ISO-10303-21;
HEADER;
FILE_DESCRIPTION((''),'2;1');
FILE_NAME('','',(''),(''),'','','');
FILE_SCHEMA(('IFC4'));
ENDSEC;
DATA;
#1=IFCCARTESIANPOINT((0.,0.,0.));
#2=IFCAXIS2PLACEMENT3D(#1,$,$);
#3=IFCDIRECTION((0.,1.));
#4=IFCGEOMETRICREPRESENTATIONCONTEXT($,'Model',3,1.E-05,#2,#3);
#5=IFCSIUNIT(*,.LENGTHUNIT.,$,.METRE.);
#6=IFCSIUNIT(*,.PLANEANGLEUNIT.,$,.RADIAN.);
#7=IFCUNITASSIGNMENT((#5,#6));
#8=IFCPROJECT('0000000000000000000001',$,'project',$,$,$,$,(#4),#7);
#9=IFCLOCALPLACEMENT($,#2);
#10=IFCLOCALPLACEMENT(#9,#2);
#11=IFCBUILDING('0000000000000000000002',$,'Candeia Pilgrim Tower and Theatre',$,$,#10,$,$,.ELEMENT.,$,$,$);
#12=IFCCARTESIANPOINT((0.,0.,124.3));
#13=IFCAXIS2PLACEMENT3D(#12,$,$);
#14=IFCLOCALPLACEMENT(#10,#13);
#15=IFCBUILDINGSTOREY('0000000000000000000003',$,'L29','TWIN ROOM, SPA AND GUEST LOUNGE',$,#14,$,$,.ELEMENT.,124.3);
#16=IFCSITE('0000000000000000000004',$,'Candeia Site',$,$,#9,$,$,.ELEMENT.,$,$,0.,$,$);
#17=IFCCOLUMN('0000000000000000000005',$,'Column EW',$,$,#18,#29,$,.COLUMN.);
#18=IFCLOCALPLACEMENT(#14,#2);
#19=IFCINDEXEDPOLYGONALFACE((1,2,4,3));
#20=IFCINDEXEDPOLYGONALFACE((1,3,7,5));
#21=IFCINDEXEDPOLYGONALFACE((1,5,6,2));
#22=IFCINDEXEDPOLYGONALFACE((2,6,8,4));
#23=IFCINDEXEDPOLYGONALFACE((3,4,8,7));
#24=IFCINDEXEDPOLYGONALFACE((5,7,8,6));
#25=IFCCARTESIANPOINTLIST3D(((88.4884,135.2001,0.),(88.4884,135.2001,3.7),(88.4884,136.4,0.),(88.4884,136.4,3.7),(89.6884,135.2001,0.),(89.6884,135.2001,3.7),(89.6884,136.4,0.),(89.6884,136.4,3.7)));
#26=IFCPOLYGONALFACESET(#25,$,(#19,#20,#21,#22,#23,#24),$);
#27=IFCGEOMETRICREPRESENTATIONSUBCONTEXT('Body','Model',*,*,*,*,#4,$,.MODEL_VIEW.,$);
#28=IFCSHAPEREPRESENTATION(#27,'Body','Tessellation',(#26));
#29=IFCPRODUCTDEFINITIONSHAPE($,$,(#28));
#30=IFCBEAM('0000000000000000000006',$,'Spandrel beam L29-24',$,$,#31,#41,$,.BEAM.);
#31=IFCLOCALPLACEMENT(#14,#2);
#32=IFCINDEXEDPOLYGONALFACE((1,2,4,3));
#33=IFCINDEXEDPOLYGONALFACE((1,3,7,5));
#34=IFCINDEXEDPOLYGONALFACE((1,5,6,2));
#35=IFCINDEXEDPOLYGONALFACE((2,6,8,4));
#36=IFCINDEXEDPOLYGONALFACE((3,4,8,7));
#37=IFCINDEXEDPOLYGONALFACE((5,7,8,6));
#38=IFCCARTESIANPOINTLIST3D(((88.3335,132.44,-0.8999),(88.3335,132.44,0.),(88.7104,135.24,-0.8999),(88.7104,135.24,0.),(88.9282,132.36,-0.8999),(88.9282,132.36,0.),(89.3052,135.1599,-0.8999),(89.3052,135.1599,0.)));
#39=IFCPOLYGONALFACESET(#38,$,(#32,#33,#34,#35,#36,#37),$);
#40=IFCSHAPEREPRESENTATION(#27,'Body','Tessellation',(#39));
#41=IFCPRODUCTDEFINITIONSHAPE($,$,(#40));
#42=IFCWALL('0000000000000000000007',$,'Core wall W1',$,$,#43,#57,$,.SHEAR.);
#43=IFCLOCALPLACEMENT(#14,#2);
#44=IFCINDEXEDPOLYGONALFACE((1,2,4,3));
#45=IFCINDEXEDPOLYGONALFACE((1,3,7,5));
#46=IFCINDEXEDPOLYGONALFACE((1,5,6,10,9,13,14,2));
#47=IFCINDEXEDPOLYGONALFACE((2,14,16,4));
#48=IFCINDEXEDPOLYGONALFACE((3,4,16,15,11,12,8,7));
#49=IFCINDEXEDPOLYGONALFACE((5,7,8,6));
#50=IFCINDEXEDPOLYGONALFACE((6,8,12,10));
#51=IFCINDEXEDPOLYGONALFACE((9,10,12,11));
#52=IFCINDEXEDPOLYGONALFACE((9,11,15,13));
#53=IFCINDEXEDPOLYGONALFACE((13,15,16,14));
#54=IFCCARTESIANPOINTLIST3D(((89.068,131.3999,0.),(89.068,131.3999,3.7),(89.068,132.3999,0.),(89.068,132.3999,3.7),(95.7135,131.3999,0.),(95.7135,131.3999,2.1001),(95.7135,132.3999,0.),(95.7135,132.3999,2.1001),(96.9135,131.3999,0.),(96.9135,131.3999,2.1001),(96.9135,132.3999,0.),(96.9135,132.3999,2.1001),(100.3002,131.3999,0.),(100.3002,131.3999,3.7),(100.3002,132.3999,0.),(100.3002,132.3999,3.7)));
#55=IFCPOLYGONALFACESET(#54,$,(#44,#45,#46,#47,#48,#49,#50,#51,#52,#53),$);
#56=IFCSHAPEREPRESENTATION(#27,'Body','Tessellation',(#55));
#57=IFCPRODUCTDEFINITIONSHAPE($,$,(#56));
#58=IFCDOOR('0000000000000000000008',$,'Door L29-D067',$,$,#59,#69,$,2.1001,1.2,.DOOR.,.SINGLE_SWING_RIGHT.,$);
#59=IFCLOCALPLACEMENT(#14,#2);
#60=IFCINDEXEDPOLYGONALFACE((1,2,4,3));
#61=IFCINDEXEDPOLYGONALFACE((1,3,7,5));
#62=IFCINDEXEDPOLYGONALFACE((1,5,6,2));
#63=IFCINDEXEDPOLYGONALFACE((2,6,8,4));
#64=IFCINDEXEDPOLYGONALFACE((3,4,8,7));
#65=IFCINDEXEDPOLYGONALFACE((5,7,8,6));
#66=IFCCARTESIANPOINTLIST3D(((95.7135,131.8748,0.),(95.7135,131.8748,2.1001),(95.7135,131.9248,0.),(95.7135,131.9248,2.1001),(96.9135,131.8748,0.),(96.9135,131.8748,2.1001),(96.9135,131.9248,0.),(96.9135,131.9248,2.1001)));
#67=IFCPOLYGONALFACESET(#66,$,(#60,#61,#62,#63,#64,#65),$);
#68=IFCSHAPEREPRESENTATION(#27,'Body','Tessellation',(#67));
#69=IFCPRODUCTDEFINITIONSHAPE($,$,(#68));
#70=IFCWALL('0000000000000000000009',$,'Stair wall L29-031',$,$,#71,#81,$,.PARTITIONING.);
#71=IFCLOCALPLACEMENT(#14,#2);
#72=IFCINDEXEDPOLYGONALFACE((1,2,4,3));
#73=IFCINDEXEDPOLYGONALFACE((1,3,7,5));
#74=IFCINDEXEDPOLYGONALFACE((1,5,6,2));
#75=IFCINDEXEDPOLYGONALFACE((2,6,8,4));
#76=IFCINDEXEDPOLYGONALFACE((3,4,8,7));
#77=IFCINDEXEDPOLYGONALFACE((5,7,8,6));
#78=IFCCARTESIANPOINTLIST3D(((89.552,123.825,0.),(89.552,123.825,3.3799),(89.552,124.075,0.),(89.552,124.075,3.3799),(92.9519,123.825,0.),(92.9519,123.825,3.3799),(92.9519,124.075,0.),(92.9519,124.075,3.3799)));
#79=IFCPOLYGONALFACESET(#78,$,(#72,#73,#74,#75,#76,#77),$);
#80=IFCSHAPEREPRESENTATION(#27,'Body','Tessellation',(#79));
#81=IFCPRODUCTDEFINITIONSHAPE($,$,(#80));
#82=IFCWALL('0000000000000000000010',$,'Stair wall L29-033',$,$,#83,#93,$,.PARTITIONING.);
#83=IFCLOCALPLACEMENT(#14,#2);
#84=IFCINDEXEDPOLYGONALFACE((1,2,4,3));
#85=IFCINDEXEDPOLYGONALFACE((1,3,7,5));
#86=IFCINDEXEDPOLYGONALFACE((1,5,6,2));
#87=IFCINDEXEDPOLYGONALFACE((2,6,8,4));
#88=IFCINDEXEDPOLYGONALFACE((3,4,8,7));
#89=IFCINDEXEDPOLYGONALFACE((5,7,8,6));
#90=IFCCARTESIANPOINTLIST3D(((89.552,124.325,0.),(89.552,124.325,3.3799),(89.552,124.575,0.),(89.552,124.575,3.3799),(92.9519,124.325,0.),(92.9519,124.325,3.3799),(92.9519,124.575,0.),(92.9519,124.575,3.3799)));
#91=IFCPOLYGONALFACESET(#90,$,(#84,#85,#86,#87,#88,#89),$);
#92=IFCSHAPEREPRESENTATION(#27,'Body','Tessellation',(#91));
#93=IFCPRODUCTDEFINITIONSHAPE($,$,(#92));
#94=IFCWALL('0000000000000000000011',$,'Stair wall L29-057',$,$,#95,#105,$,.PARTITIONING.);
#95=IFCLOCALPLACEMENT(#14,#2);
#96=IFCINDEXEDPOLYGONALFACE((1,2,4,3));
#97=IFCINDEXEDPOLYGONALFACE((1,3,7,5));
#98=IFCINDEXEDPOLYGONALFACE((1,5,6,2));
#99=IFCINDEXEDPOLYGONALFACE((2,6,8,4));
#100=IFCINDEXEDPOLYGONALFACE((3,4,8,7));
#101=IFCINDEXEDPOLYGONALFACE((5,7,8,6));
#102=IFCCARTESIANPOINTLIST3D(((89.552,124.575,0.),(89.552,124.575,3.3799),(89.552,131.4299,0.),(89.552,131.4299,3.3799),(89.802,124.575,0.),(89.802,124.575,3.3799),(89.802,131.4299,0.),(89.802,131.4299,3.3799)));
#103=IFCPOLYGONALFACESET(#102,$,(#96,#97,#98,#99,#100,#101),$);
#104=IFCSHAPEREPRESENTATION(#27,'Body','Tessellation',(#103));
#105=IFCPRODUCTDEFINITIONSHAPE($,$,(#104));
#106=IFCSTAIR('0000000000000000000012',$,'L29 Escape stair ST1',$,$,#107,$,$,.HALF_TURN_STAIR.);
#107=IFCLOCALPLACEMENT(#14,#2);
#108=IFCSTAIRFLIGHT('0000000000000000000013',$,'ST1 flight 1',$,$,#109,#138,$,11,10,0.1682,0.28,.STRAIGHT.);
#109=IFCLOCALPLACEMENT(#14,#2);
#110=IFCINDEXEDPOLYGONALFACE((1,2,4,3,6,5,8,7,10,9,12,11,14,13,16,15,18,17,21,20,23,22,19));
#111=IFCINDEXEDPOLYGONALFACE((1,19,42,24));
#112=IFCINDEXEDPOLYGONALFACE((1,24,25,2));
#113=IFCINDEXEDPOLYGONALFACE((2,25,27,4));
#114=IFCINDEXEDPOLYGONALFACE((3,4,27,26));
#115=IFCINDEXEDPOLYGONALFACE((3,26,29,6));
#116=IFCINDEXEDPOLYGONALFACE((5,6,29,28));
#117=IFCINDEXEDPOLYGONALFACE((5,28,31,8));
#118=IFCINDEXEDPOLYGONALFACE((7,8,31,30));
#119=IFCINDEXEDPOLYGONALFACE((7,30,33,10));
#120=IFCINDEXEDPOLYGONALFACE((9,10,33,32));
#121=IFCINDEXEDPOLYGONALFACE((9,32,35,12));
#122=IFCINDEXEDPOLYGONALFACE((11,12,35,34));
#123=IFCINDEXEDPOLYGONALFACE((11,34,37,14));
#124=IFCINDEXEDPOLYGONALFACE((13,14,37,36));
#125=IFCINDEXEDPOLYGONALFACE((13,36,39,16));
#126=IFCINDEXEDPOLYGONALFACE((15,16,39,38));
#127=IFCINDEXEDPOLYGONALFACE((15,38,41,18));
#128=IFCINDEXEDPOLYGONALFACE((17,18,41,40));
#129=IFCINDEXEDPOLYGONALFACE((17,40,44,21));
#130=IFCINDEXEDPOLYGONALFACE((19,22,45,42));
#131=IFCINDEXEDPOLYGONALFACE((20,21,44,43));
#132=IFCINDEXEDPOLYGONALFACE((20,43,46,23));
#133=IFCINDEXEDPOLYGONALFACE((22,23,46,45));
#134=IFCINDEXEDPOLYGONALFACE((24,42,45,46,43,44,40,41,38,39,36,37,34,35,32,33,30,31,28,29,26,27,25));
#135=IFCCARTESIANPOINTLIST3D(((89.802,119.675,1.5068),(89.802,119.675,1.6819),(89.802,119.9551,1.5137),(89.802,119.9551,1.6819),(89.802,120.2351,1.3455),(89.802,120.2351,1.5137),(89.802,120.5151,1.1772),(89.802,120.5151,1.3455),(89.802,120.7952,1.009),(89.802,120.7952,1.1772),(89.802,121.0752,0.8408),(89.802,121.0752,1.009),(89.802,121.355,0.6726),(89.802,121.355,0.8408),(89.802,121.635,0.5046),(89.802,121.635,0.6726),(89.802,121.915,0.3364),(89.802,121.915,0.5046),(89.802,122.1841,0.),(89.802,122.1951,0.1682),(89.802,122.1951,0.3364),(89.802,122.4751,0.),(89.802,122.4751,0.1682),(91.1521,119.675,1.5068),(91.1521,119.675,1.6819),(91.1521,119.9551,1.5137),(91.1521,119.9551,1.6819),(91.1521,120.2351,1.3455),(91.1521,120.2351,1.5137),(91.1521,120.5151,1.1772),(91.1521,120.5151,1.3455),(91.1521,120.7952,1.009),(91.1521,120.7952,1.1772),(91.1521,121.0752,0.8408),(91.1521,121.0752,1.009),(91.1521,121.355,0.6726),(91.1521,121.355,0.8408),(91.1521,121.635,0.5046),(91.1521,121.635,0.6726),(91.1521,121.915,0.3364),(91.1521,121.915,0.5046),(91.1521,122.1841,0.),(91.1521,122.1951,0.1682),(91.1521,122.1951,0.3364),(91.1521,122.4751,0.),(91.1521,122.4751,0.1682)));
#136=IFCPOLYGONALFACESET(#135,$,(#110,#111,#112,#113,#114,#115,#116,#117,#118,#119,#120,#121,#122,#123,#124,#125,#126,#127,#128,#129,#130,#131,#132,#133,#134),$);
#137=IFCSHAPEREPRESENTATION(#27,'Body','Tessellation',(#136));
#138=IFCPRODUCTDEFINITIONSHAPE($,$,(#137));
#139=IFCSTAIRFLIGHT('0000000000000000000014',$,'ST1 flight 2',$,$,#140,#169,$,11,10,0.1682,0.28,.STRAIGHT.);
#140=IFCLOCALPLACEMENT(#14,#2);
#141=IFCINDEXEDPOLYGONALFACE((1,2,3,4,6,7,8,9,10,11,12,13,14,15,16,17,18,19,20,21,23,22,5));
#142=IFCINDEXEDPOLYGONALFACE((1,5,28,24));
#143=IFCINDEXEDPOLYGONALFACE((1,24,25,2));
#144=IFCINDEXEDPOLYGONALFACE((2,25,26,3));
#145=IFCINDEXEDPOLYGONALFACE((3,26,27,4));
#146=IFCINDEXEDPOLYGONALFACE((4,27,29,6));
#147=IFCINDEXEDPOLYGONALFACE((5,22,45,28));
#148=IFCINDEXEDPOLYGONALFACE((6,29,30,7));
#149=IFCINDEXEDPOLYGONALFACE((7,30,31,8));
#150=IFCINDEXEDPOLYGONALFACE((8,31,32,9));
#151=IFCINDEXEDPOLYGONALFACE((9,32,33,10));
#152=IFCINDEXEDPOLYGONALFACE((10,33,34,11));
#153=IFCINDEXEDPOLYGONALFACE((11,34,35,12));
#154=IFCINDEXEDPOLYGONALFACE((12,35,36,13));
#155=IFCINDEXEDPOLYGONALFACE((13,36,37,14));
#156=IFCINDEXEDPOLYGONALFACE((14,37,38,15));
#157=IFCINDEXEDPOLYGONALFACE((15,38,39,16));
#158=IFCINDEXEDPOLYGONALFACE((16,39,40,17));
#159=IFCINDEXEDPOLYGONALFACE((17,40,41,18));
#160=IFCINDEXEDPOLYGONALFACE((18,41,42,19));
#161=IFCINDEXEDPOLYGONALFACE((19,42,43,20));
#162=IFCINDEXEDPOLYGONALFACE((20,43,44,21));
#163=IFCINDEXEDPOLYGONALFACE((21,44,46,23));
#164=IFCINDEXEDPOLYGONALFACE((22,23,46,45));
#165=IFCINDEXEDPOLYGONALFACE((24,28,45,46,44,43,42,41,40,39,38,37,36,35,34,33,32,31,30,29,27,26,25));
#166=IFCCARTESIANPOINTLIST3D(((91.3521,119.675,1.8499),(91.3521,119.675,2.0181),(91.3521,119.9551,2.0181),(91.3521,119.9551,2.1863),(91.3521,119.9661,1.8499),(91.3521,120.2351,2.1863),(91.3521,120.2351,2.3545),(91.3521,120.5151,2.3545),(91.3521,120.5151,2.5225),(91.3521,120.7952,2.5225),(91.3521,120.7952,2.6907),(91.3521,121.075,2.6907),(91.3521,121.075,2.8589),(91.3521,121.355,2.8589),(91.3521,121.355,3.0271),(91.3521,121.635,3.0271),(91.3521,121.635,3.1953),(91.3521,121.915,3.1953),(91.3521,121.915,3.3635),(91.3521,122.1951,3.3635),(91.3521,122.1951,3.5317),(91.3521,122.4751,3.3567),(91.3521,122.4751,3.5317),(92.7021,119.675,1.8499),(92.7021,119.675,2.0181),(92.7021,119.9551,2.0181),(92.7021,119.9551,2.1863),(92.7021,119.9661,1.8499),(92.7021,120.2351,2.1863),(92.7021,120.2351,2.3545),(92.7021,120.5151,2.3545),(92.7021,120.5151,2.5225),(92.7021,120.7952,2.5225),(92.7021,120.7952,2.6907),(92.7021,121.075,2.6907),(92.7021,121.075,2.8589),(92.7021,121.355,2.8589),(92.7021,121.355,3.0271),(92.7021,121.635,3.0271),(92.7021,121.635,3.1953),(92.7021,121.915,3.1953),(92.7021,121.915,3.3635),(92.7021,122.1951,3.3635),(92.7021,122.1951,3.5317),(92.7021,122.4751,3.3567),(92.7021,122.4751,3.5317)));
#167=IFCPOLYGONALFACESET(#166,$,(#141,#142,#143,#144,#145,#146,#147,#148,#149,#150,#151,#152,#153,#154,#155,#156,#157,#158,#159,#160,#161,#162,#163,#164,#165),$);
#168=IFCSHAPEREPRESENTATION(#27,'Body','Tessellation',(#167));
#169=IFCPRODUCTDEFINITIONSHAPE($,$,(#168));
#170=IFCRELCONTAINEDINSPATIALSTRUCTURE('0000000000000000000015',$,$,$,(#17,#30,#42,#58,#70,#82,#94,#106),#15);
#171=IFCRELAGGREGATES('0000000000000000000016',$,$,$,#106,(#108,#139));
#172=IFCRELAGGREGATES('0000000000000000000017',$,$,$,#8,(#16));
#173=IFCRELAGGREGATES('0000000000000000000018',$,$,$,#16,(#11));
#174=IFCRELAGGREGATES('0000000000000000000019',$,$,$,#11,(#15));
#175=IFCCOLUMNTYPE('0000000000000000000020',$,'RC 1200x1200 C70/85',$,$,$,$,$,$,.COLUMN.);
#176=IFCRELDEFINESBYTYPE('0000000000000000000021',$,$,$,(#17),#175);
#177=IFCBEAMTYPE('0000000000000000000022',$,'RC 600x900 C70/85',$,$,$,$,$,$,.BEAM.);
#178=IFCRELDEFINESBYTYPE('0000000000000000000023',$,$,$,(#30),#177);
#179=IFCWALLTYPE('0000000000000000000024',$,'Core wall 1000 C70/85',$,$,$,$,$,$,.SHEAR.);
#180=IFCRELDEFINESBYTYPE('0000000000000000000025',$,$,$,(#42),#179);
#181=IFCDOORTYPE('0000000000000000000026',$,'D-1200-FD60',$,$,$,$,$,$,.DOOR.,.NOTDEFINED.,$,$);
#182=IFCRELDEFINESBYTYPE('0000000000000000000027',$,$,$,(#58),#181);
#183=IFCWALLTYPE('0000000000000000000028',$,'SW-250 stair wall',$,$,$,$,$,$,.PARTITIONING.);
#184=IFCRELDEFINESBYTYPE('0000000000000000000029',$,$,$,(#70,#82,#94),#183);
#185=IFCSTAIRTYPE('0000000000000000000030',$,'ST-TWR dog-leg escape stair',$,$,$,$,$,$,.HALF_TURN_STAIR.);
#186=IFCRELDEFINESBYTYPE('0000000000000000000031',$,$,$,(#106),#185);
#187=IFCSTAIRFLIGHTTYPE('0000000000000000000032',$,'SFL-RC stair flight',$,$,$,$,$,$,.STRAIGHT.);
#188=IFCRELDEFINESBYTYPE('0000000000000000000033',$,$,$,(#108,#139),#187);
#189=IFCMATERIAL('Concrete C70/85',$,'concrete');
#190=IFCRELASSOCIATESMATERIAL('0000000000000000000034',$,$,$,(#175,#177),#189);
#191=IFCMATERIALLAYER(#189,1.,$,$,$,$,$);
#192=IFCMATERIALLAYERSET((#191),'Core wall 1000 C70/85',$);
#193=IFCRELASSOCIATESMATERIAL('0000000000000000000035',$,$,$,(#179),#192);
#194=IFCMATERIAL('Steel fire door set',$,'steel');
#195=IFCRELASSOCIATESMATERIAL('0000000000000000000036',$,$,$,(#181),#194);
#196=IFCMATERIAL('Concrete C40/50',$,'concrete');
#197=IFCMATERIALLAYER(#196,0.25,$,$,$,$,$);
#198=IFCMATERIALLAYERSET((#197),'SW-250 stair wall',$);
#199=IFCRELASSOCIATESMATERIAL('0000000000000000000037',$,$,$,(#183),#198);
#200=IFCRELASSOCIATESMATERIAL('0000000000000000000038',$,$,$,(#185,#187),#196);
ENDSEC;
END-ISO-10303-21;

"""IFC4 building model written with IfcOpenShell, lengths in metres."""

from ifc_helpers import new_model, si_unit, direction, frame, frame_2d, origin, origin_2d, place, context, subcontext, project, spatial, polyline, rectangle, outline, extrude, material, layer, layer_set, material_profile, profile_set, type_object, element, fill, aggregate, save


model = new_model("IFC4")

# Units and contexts
model_context = context("Model", 3, precision=1e-05, world=origin(), true_north=direction((0.0, 1.0)))
body_context = subcontext(model_context, "Body", "Model", "MODEL_VIEW")
ifc_project = project(units=[si_unit("LENGTHUNIT", "METRE"), si_unit("PLANEANGLEUNIT", "RADIAN")], contexts=[model_context])

# Site, building, storey
site_placement = place(None, origin())
site = spatial("IfcSite", under=ifc_project, at=site_placement, Name="Candeia Site", CompositionType="ELEMENT", RefElevation=0.0)
building_placement = place(site_placement, origin())
building = spatial("IfcBuilding", under=site, at=building_placement, Name="Candeia Pilgrim Tower and Theatre", CompositionType="ELEMENT")
storey_placement = place(building_placement, frame((0.0, 0.0, 124.3)))
storey = spatial("IfcBuildingStorey", under=building, at=storey_placement, Name="L29", Description="TWIN ROOM, SPA AND GUEST LOUNGE", CompositionType="ELEMENT", Elevation=124.3)

# Column
ifc_material_1 = material(Name="Concrete C70/85", Category="concrete")
ifc_material_profile_1 = material_profile(ifc_material_1, rectangle(XDim=1.2, YDim=1.2, at=origin_2d()))
ifc_profile_set_1 = profile_set([ifc_material_profile_1], Name="Concrete C70/85")
column_type = type_object("IfcColumnType", Name="RC 1200x1200 C70/85", PredefinedType="COLUMN", material=ifc_profile_set_1)
column_placement = place(storey_placement, frame((89.0884, 135.8, 0.0), z_axis=(0.0, 0.0, 1.0), x_axis=(1.0, 0.0, 0.0)))
element("IfcColumn", 1, at=column_placement, inside=storey, type_object=column_type, Name="Column EW", PredefinedType="COLUMN", context=body_context, shape_type="SweptSolid", body=[
    extrude(rectangle(XDim=1.2, YDim=1.2, at=origin_2d()), origin(), (0.0, 0.0, 1.0), 3.7),
])

# Beam
ifc_material_profile_2 = material_profile(ifc_material_1, rectangle(XDim=0.6001, YDim=0.8999, at=origin_2d()))
ifc_profile_set_2 = profile_set([ifc_material_profile_2], Name="Concrete C70/85")
beam_type = type_object("IfcBeamType", Name="RC 600x900 C70/85", PredefinedType="BEAM", material=ifc_profile_set_2)
beam_placement = place(storey_placement, frame((89.0078, 135.2, -0.45), z_axis=(-0.13342, -0.99106, 0.0), x_axis=(0.99106, -0.13342, 0.0)))
element("IfcBeam", 2, at=beam_placement, inside=storey, type_object=beam_type, Name="Spandrel beam L29-24", PredefinedType="BEAM", context=body_context, shape_type="SweptSolid", body=[
    extrude(rectangle(XDim=0.6001, YDim=0.8999, at=origin_2d()), origin(), (0.0, 0.0, 1.0), 2.8252),
])

# Wall, opening, door
ifc_layer_1 = layer(ifc_material_1, 1.0)
ifc_layer_set_1 = layer_set([ifc_layer_1], Name="Core wall 1000 C70/85")
wall_type_1 = type_object("IfcWallType", Name="Core wall 1000 C70/85", PredefinedType="SHEAR", material=ifc_layer_set_1)
wall_1_placement = place(storey_placement, frame((89.0679, 131.8999, 0.0), z_axis=(0.0, 0.0, 1.0), x_axis=(1.0, 0.0, 0.0)))
wall_1 = element("IfcWall", 3, at=wall_1_placement, inside=storey, type_object=wall_type_1, Name="Core wall W1", PredefinedType="SHEAR", context=body_context, shape_type="SweptSolid", body=[
    extrude(rectangle(XDim=11.2322, YDim=1.0, at=frame_2d((5.6162, 0.0))), origin(), (0.0, 0.0, 1.0), 3.7),
])
opening_placement = place(wall_1_placement, frame((6.6455, 0.0, 0.0)))
opening = element("IfcOpeningElement", 4, at=opening_placement, cuts=wall_1, PredefinedType="OPENING", context=body_context, shape_type="SweptSolid", body=[
    extrude(rectangle(XDim=1.2, YDim=2.1001, at=frame_2d((0.6001, 1.05))), frame((0.0, 0.51, 0.0), z_axis=(0.0, -1.0, 0.0), x_axis=(1.0, 0.0, 0.0)), (0.0, 0.0, 1.0), 1.02),
])
ifc_material_2 = material(Name="Steel fire door set", Category="steel")
door_type = type_object("IfcDoorType", Name="D-1200-FD60", OperationType="NOTDEFINED", PredefinedType="DOOR", material=ifc_material_2)
door_placement = place(opening_placement, origin())
door = element("IfcDoor", 5, at=door_placement, inside=storey, type_object=door_type, Name="Door L29-D067", OperationType="SINGLE_SWING_RIGHT", OverallHeight=2.1001, OverallWidth=1.2, PredefinedType="DOOR", context=body_context, shape_type="SweptSolid", body=[
    extrude(rectangle(XDim=1.2, YDim=2.1001, at=frame_2d((0.6001, 1.05))), frame((0.0, 0.0249, 0.0), z_axis=(0.0, -1.0, 0.0), x_axis=(1.0, 0.0, 0.0)), (0.0, 0.0, 1.0), 0.05),
])
fill(opening, door)

# Walls
ifc_material_3 = material(Name="Concrete C40/50", Category="concrete")
ifc_layer_2 = layer(ifc_material_3, 0.25)
ifc_layer_set_2 = layer_set([ifc_layer_2], Name="SW-250 stair wall")
wall_type_2 = type_object("IfcWallType", Name="SW-250 stair wall", PredefinedType="PARTITIONING", material=ifc_layer_set_2)
for number, where, z_axis, x_axis, name in (
    (6, (89.552, 123.95, 0.0), (0.0, 0.0, 1.0), (1.0, 0.0, 0.0), "Stair wall L29-031"),
    (7, (89.552, 124.45, 0.0), (0.0, 0.0, 1.0), (1.0, 0.0, 0.0), "Stair wall L29-033"),
):
    element("IfcWall", number, at=place(storey_placement, frame(where, z_axis=z_axis, x_axis=x_axis)), inside=storey, type_object=wall_type_2, Name=name, PredefinedType="PARTITIONING", context=body_context, shape_type="SweptSolid", body=[
        extrude(rectangle(XDim=3.3999, YDim=0.25, at=frame_2d((1.7, 0.0))), origin(), (0.0, 0.0, 1.0), 3.3799),
    ])
wall_2_placement = place(storey_placement, frame((89.677, 124.575, 0.0), z_axis=(0.0, 0.0, 1.0), x_axis=(0.0, 1.0, 0.0)))
element("IfcWall", 8, at=wall_2_placement, inside=storey, type_object=wall_type_2, Name="Stair wall L29-057", PredefinedType="PARTITIONING", context=body_context, shape_type="SweptSolid", body=[
    extrude(rectangle(XDim=6.855, YDim=0.25, at=frame_2d((3.4275, 0.0))), origin(), (0.0, 0.0, 1.0), 3.3799),
])

# Stair, stair flights
stair_type = type_object("IfcStairType", Name="ST-TWR dog-leg escape stair", PredefinedType="HALF_TURN_STAIR", material=ifc_material_3)
stair_1_placement = place(storey_placement, origin())
stair_1 = element("IfcStair", 9, at=stair_1_placement, inside=storey, type_object=stair_type, Name="L29 Escape stair ST1", PredefinedType="HALF_TURN_STAIR")
stair_flight_type = type_object("IfcStairFlightType", Name="SFL-RC stair flight", PredefinedType="STRAIGHT", material=ifc_material_3)
stair_flight_1_placement = place(storey_placement, frame((90.4771, 122.4751, 0.0), z_axis=(0.0, 0.0, 1.0), x_axis=(0.0, -1.0, 0.0)))
stair_flight_1 = element("IfcStairFlight", 10, at=stair_flight_1_placement, type_object=stair_flight_type, Name="ST1 flight 1", NumberOfRisers=11, NumberOfTreads=10, PredefinedType="STRAIGHT", RiserHeight=0.1682, TreadLength=0.28, context=body_context, shape_type="SweptSolid", body=[
    extrude(outline(polyline([(0.0, 0.0), (0.0, 0.1682), (0.28, 0.1682), (0.28, 0.3364), (0.5601, 0.3364), (0.5601, 0.5046), (0.8401, 0.5046), (0.8401, 0.6726), (1.1201, 0.6726), (1.1201, 0.8408), (1.3999, 0.8408), (1.3999, 1.009), (1.6799, 1.009), (1.6799, 1.1772), (1.96, 1.1772), (1.96, 1.3455), (2.24, 1.3455), (2.24, 1.5137), (2.52, 1.5137), (2.52, 1.6819), (2.8, 1.6819), (2.8, 1.8501), (2.8, 1.5068), (0.291, 0.0), (0.0, 0.0)])), frame((0.0, 0.675, 0.0), z_axis=(0.0, -1.0, 0.0), x_axis=(1.0, 0.0, 0.0)), (0.0, 0.0, 1.0), 1.3501),
])
stair_flight_2_placement = place(storey_placement, frame((92.0271, 119.675, 1.8499), z_axis=(0.0, 0.0, 1.0), x_axis=(0.0, 1.0, 0.0)))
stair_flight_2 = element("IfcStairFlight", 11, at=stair_flight_2_placement, type_object=stair_flight_type, Name="ST1 flight 2", NumberOfRisers=11, NumberOfTreads=10, PredefinedType="STRAIGHT", RiserHeight=0.1682, TreadLength=0.28, context=body_context, shape_type="SweptSolid", body=[
    extrude(outline(polyline([(0.0, 0.0), (0.0, 0.1682), (0.28, 0.1682), (0.28, 0.3364), (0.5601, 0.3364), (0.5601, 0.5046), (0.8401, 0.5046), (0.8401, 0.6726), (1.1201, 0.6726), (1.1201, 0.8408), (1.3999, 0.8408), (1.3999, 1.009), (1.6799, 1.009), (1.6799, 1.1772), (1.96, 1.1772), (1.96, 1.3455), (2.24, 1.3455), (2.24, 1.5137), (2.52, 1.5137), (2.52, 1.6819), (2.8, 1.6819), (2.8, 1.8501), (2.8, 1.5068), (0.291, 0.0), (0.0, 0.0)])), frame((0.0, 0.675, 0.0), z_axis=(0.0, -1.0, 0.0), x_axis=(1.0, 0.0, 0.0)), (0.0, 0.0, 1.0), 1.3501),
])
aggregate(stair_1, [stair_flight_1, stair_flight_2])

save(model, "model.ifc")
